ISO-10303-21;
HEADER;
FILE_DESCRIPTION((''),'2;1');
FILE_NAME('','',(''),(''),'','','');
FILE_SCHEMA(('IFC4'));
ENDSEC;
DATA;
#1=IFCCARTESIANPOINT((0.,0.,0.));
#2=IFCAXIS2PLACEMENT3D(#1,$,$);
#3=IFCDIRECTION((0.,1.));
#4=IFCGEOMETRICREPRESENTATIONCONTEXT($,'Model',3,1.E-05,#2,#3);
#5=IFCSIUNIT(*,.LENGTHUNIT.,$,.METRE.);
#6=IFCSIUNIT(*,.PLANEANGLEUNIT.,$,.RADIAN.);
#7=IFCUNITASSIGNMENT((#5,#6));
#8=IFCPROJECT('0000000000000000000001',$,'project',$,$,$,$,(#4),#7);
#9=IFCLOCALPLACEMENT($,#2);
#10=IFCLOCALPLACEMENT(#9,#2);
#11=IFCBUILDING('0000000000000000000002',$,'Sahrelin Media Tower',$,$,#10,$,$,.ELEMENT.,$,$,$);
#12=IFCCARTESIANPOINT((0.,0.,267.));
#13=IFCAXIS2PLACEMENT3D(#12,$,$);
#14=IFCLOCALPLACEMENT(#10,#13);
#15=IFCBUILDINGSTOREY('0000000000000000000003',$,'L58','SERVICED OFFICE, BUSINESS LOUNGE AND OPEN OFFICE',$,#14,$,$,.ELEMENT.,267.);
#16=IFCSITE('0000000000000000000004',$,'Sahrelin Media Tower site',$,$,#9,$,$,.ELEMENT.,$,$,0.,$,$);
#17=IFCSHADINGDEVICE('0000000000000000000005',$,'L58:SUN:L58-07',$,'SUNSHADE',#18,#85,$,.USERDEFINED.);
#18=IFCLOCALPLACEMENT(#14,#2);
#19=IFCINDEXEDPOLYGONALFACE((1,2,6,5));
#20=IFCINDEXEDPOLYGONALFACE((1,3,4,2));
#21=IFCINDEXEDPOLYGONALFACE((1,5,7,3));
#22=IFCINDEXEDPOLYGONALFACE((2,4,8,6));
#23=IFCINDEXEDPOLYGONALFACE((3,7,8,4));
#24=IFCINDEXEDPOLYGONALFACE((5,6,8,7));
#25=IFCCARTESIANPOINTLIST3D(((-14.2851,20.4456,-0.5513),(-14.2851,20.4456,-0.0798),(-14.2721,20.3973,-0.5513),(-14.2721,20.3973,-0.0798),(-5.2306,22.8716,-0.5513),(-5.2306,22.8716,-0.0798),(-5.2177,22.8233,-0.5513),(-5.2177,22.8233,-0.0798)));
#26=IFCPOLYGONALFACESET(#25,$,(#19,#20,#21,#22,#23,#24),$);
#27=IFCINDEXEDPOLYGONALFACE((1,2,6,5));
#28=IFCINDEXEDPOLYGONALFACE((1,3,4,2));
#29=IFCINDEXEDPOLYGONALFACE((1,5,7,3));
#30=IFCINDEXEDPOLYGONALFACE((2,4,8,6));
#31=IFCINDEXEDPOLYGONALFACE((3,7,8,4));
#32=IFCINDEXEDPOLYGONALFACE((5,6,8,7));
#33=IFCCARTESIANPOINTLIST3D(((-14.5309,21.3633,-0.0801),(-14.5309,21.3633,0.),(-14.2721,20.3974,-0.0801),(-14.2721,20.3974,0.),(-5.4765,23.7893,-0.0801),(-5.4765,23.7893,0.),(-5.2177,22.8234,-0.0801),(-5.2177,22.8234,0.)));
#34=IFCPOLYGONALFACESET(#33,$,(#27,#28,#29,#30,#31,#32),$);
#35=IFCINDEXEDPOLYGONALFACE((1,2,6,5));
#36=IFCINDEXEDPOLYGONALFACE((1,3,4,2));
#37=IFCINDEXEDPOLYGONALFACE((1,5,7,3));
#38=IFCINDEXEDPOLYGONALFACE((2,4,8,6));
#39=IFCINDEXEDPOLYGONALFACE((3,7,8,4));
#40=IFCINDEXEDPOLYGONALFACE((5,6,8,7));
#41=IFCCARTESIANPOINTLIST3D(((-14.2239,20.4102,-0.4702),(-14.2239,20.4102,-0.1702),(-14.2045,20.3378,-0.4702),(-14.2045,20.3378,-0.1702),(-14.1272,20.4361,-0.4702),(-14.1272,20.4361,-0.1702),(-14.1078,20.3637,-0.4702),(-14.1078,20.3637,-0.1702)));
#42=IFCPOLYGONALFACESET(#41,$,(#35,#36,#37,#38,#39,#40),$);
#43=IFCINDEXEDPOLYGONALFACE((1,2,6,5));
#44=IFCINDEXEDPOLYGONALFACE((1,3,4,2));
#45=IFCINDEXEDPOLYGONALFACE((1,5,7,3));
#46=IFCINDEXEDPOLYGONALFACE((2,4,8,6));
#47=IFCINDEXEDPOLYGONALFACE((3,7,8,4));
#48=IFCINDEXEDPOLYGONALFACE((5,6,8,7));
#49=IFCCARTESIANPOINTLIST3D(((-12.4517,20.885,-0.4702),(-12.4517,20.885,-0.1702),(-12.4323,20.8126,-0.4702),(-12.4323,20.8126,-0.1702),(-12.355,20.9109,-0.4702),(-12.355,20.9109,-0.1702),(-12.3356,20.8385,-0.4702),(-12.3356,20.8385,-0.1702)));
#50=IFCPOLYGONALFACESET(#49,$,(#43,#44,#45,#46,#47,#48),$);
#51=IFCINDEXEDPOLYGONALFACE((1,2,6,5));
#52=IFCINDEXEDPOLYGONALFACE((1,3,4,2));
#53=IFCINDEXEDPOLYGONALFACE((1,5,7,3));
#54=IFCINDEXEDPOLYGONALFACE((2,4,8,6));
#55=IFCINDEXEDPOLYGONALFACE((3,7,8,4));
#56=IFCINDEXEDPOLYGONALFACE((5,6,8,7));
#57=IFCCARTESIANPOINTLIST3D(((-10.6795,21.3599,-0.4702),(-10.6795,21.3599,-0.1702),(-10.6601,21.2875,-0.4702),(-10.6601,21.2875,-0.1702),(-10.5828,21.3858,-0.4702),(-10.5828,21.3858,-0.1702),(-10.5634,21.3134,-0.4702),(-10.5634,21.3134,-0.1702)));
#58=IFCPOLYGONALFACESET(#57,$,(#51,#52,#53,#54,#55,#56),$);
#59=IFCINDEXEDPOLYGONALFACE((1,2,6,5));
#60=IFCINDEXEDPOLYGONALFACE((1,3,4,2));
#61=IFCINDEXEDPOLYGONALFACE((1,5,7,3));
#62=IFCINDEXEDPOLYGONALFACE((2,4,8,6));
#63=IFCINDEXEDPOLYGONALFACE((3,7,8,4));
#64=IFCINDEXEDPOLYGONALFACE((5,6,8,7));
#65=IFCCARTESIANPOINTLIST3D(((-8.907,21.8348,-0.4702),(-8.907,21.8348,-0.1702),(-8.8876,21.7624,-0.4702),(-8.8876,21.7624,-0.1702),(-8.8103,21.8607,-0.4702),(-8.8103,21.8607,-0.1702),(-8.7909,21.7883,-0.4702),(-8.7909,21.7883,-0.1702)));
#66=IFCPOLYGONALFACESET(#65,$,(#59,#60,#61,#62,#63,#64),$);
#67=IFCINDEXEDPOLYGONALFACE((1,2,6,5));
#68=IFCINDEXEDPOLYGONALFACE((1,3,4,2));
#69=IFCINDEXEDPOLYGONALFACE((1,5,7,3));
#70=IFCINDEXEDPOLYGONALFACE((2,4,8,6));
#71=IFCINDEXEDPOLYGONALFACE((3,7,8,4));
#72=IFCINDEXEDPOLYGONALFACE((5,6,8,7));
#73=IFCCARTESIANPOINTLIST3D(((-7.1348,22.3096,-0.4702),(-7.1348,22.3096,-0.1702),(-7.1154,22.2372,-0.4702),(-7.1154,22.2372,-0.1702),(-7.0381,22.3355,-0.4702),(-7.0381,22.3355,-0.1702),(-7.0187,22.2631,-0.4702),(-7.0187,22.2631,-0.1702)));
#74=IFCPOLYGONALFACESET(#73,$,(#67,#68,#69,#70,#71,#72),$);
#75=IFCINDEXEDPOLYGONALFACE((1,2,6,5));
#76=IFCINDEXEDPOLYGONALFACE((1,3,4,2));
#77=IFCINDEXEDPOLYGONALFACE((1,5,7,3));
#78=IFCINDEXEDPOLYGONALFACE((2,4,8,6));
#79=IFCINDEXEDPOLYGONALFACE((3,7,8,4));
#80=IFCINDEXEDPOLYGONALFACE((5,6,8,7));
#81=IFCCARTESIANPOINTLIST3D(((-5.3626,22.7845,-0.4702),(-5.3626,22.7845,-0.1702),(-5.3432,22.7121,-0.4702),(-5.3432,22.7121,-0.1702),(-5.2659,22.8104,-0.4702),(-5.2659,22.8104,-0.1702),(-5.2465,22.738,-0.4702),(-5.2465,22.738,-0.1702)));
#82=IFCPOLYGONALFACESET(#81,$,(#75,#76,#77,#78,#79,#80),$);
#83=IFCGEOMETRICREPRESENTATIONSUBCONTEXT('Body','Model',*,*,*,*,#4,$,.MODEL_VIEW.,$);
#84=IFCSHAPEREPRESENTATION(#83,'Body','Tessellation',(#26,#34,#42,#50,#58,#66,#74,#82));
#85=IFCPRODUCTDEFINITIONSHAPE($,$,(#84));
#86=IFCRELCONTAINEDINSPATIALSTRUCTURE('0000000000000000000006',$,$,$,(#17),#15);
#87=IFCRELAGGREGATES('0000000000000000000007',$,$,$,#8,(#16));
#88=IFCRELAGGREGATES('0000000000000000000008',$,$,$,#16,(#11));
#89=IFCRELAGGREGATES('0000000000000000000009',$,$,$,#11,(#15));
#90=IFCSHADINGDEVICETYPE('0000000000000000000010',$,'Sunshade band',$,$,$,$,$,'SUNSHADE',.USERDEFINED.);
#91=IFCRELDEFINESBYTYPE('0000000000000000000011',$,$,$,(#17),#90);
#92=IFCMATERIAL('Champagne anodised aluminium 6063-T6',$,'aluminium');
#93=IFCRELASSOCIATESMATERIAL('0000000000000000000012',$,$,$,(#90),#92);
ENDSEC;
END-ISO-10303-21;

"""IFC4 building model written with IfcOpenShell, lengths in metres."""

from ifc_helpers import new_model, si_unit, direction, frame, origin, origin_2d, place, context, subcontext, project, spatial, rectangle, extrude, material, type_object, element, save


model = new_model("IFC4")

# Units and contexts
model_context = context("Model", 3, precision=1e-05, world=origin(), true_north=direction((0.0, 1.0)))
body_context = subcontext(model_context, "Body", "Model", "MODEL_VIEW")
ifc_project = project(units=[si_unit("LENGTHUNIT", "METRE"), si_unit("PLANEANGLEUNIT", "RADIAN")], contexts=[model_context])

# Site, building, storey
site_placement = place(None, origin())
site = spatial("IfcSite", under=ifc_project, at=site_placement, Name="Sahrelin Media Tower site", CompositionType="ELEMENT", RefElevation=0.0)
building_placement = place(site_placement, origin())
building = spatial("IfcBuilding", under=site, at=building_placement, Name="Sahrelin Media Tower", CompositionType="ELEMENT")
storey_placement = place(building_placement, frame((0.0, 0.0, 267.0)))
storey = spatial("IfcBuildingStorey", under=building, at=storey_placement, Name="L58", Description="SERVICED OFFICE, BUSINESS LOUNGE AND OPEN OFFICE", CompositionType="ELEMENT", Elevation=267.0)

# Shared definitions
ifc_material_1 = material(Name="Champagne anodised aluminium 6063-T6", Category="aluminium")

# Shading device
placement = place(storey_placement, frame((-9.7397, 21.5911, 0.0), z_axis=(0.0, 0.0, 1.0), x_axis=(0.965929, 0.258808, 0.0)))
shading_device_type_1 = type_object("IfcShadingDeviceType", Name="Sunshade band", ElementType="SUNSHADE", PredefinedType="USERDEFINED", material=ifc_material_1)
element("IfcShadingDevice", 1, at=placement, inside=storey, type_object=shading_device_type_1, Name="L58:SUN:L58-07", ObjectType="SUNSHADE", PredefinedType="USERDEFINED", context=body_context, shape_type="SweptSolid", body=[
    extrude(rectangle(XDim=9.3738, YDim=0.05, at=origin_2d()), frame((0.0, 0.0449, -0.5513)), (0.0, 0.0, 1.0), 0.4714),
    extrude(rectangle(XDim=9.3738, YDim=1.0, at=origin_2d()), frame((0.0, 0.52, -0.0801)), (0.0, 0.0, 1.0), 0.0801),
    extrude(rectangle(XDim=0.1001, YDim=0.075, at=origin_2d()), frame((-4.5869, -0.0176, -0.4702)), (0.0, 0.0, 1.0), 0.3),
    extrude(rectangle(XDim=0.1001, YDim=0.075, at=origin_2d()), frame((-2.7522, -0.0176, -0.4702)), (0.0, 0.0, 1.0), 0.3),
    extrude(rectangle(XDim=0.1001, YDim=0.075, at=origin_2d()), frame((-0.9175, -0.0176, -0.4702)), (0.0, 0.0, 1.0), 0.3),
    extrude(rectangle(XDim=0.1001, YDim=0.075, at=origin_2d()), frame((0.9175, -0.0176, -0.4702)), (0.0, 0.0, 1.0), 0.3),
    extrude(rectangle(XDim=0.1001, YDim=0.075, at=origin_2d()), frame((2.7522, -0.0176, -0.4702)), (0.0, 0.0, 1.0), 0.3),
    extrude(rectangle(XDim=0.1001, YDim=0.075, at=origin_2d()), frame((4.5869, -0.0176, -0.4702)), (0.0, 0.0, 1.0), 0.3),
])

save(model, "model.ifc")
